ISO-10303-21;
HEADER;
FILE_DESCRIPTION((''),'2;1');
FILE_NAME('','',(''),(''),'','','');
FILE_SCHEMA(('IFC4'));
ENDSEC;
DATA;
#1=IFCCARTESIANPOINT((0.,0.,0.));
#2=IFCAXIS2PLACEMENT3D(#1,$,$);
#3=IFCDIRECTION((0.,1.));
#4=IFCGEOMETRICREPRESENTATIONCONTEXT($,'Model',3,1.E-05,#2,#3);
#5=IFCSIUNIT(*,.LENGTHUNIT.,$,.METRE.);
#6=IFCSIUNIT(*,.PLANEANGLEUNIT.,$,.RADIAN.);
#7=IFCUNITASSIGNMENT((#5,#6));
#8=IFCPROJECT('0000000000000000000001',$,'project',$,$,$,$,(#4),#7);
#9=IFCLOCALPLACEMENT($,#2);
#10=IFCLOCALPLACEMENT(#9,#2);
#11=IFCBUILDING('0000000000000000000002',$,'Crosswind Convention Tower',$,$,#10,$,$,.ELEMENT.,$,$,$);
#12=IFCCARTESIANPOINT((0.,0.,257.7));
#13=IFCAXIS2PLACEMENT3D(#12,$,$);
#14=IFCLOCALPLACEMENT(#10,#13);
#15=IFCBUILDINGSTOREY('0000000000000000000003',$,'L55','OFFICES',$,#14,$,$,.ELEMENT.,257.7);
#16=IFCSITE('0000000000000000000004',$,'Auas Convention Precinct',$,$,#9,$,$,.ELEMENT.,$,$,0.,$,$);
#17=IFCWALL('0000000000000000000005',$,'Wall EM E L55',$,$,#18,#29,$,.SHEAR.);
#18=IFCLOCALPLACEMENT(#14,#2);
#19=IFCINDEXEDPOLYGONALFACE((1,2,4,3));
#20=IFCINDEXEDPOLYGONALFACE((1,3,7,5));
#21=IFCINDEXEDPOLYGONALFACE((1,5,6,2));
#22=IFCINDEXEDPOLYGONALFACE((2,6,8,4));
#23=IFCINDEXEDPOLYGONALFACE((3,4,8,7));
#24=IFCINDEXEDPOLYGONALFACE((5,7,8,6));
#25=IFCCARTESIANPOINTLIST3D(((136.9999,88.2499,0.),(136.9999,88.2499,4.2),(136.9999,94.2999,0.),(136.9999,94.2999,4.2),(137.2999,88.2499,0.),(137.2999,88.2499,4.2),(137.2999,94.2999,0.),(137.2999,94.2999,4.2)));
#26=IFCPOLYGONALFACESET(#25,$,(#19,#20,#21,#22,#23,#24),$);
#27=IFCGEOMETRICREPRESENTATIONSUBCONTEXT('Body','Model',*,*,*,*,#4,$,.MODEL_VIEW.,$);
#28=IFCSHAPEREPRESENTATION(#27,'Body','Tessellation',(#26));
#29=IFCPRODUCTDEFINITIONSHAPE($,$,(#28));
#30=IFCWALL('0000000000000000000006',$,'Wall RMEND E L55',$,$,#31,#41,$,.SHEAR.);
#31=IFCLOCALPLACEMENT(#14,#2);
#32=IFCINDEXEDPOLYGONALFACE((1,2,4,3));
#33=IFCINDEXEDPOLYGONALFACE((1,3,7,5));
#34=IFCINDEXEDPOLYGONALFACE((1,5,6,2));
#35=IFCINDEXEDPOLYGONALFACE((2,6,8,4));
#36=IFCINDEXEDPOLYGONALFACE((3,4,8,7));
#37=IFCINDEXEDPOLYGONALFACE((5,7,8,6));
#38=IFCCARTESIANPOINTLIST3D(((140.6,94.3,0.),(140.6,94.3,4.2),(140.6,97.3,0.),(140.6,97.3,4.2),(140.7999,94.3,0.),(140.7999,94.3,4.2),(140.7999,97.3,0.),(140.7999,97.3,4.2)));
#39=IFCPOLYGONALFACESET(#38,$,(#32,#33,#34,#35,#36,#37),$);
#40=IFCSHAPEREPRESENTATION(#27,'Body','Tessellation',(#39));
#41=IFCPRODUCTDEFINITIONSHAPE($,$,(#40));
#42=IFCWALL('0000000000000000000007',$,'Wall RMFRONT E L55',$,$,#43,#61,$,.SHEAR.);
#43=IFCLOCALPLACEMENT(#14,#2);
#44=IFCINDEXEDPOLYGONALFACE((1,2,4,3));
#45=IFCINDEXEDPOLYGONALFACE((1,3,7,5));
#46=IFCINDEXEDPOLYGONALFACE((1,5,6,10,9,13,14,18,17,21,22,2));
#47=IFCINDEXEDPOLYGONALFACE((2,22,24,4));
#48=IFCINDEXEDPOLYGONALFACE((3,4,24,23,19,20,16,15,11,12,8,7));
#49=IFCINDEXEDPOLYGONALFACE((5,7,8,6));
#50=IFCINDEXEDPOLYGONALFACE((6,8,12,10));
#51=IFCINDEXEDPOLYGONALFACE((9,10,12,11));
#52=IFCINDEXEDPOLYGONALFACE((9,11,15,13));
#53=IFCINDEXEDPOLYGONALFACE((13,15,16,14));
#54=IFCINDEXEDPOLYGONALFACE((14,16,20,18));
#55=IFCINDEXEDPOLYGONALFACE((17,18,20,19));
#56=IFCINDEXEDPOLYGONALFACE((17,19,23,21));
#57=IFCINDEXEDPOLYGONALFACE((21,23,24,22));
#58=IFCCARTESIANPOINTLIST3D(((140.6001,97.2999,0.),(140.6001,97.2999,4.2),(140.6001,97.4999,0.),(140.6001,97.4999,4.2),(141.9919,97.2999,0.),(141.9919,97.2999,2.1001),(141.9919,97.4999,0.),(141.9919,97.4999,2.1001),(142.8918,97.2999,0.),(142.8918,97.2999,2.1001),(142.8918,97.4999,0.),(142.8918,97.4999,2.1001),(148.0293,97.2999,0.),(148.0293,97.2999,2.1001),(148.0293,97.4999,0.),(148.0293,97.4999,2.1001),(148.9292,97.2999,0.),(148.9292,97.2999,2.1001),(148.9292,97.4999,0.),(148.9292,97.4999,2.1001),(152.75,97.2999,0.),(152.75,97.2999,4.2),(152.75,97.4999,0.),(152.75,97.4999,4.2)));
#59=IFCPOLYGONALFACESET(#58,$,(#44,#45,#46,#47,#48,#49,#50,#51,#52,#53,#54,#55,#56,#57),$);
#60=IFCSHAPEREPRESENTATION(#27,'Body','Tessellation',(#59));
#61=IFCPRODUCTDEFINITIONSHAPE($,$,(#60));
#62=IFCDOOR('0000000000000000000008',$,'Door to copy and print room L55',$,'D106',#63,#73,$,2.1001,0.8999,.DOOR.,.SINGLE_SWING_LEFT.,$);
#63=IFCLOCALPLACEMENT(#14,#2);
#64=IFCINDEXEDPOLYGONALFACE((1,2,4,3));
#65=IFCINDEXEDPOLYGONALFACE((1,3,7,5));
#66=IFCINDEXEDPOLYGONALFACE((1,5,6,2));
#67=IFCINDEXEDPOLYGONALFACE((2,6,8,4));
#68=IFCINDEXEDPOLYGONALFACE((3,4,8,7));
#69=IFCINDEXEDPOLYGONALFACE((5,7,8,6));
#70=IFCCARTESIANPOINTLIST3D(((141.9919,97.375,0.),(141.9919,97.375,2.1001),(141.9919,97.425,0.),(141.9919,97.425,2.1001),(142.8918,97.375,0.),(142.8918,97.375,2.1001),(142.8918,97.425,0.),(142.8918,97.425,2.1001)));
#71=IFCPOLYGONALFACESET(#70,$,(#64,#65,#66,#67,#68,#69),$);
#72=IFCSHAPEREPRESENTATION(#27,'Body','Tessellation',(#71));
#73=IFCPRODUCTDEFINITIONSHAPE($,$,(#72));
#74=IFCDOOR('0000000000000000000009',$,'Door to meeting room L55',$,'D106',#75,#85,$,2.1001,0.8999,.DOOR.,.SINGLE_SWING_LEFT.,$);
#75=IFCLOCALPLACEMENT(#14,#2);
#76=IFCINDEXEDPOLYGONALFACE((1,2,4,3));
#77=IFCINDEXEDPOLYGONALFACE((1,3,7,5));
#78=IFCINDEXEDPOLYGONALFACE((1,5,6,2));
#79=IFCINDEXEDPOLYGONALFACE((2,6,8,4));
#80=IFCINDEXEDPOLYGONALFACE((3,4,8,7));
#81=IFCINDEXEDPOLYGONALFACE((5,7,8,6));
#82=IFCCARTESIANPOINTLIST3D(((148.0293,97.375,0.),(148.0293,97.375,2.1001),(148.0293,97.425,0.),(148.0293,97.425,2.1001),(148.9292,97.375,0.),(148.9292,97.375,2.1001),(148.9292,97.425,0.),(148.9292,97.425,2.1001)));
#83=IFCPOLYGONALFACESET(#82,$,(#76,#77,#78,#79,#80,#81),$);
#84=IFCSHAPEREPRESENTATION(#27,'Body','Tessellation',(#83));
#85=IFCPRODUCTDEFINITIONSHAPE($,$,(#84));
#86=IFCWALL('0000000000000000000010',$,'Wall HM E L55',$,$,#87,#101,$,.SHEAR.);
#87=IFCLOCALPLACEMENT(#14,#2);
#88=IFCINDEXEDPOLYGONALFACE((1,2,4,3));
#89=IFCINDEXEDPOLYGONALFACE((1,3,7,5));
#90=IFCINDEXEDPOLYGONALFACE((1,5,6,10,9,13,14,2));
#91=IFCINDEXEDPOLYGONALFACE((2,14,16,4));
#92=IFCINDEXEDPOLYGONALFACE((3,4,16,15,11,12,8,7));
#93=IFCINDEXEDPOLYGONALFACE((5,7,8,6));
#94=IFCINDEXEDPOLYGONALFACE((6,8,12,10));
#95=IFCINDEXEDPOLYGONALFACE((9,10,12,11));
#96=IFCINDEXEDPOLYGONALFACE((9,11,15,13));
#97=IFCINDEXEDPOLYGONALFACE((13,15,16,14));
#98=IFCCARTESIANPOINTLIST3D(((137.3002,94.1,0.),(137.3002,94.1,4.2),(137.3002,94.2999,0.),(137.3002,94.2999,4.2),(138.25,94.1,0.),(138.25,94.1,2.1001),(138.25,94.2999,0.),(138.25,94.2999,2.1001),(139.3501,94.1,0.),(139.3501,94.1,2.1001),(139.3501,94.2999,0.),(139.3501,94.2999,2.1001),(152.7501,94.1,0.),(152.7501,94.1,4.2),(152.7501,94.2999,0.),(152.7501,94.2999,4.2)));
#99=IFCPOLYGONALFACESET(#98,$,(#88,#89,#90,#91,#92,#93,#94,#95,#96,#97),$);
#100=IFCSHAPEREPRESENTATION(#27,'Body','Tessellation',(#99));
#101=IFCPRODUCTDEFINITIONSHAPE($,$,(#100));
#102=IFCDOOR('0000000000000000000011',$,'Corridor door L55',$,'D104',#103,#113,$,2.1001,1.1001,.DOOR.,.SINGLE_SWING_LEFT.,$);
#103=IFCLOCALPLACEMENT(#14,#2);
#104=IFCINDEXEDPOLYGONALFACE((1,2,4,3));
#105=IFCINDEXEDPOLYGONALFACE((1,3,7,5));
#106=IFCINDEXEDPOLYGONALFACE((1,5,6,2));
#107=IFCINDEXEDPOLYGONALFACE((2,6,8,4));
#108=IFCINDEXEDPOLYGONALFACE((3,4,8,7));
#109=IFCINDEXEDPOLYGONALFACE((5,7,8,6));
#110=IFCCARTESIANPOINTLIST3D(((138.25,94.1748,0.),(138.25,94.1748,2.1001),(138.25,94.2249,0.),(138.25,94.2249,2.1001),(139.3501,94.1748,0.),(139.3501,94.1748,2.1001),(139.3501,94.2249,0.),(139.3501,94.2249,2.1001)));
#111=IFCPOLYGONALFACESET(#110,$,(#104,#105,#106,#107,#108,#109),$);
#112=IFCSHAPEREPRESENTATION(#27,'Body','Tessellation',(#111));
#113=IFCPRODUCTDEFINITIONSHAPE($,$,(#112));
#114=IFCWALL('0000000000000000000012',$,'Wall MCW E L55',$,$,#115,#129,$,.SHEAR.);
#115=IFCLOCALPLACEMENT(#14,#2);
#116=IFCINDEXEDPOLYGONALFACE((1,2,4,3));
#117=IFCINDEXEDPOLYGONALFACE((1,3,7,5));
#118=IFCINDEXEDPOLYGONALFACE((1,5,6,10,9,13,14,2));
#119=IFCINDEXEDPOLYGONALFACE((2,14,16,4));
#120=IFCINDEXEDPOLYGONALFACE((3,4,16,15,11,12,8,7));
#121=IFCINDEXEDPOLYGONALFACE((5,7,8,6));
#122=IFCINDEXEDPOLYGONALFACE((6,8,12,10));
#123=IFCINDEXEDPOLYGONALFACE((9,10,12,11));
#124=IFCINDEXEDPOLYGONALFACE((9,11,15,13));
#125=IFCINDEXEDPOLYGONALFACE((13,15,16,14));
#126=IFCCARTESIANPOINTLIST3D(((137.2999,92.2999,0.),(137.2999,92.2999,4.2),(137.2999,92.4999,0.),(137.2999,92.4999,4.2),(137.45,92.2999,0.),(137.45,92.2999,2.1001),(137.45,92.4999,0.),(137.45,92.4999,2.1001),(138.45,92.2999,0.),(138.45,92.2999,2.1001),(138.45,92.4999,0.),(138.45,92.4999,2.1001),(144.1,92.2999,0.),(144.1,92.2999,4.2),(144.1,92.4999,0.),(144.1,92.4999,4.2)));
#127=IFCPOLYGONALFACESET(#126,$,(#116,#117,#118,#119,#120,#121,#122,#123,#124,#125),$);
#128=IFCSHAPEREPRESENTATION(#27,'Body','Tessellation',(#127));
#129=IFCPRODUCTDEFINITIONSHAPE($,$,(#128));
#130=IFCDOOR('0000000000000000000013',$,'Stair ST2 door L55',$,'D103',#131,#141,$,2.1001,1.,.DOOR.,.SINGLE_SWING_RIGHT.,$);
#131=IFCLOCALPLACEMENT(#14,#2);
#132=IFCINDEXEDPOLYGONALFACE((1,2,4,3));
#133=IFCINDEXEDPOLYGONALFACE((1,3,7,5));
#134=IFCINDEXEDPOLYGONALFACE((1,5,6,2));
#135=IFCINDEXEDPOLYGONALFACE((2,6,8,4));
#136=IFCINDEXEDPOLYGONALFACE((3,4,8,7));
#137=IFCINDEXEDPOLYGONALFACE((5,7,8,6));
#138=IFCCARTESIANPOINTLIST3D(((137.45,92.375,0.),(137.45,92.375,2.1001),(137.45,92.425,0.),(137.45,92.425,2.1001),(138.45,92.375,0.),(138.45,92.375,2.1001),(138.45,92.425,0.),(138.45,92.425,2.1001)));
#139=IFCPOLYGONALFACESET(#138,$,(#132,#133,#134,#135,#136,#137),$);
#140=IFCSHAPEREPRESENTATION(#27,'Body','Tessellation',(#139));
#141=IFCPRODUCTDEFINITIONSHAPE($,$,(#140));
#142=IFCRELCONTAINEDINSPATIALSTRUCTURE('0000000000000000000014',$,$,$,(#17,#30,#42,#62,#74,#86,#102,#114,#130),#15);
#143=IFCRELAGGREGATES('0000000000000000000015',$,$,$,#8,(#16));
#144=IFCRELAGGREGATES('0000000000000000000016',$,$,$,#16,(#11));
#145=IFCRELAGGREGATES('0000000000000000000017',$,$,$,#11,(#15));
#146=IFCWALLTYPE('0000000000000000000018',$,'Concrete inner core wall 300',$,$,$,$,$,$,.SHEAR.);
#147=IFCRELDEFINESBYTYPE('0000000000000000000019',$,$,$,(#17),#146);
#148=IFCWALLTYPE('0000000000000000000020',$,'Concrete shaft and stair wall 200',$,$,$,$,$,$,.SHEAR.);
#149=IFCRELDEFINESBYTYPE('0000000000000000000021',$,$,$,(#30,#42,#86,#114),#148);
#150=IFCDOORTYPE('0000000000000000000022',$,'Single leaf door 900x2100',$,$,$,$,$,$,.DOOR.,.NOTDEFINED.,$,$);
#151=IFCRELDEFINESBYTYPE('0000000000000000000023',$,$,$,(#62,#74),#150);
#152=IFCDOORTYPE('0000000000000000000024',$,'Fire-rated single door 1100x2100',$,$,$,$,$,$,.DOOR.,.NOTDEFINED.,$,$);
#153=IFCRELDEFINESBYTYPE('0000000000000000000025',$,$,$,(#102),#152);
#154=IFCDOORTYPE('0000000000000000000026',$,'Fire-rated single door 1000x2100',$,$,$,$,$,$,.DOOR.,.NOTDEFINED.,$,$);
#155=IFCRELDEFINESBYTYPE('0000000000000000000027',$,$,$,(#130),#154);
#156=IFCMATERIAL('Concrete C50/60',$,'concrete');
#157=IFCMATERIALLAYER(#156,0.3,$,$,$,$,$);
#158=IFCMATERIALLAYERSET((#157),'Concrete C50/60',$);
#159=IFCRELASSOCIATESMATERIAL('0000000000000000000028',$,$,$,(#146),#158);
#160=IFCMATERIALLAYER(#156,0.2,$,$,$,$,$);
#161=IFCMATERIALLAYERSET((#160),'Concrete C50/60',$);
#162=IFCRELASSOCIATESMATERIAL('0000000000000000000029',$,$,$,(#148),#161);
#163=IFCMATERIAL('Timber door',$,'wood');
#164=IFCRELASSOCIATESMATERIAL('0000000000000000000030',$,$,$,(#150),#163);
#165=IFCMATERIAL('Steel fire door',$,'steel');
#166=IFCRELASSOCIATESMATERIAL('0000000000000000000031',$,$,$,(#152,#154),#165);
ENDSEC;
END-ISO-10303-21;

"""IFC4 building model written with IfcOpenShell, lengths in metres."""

from ifc_helpers import new_model, si_unit, direction, frame, frame_2d, origin, place, context, subcontext, project, spatial, rectangle, extrude, material, layer, layer_set, type_object, element, fill, save


model = new_model("IFC4")

# Units and contexts
model_context = context("Model", 3, precision=1e-05, world=origin(), true_north=direction((0.0, 1.0)))
body_context = subcontext(model_context, "Body", "Model", "MODEL_VIEW")
ifc_project = project(units=[si_unit("LENGTHUNIT", "METRE"), si_unit("PLANEANGLEUNIT", "RADIAN")], contexts=[model_context])

# Site, building, storey
site_placement = place(None, origin())
site = spatial("IfcSite", under=ifc_project, at=site_placement, Name="Auas Convention Precinct", CompositionType="ELEMENT", RefElevation=0.0)
building_placement = place(site_placement, origin())
building = spatial("IfcBuilding", under=site, at=building_placement, Name="Crosswind Convention Tower", CompositionType="ELEMENT")
storey_placement = place(building_placement, frame((0.0, 0.0, 257.7)))
storey = spatial("IfcBuildingStorey", under=building, at=storey_placement, Name="L55", Description="OFFICES", CompositionType="ELEMENT", Elevation=257.7)

# Shared definitions
ifc_material_1 = material(Name="Concrete C50/60", Category="concrete")
ifc_layer_1 = layer(ifc_material_1, 0.3)
ifc_layer_set_1 = layer_set([ifc_layer_1], Name="Concrete C50/60")
wall_type_1 = type_object("IfcWallType", Name="Concrete inner core wall 300", PredefinedType="SHEAR", material=ifc_layer_set_1)

# Walls
wall_1_placement = place(storey_placement, frame((137.1499, 88.25, 0.0), z_axis=(0.0, 0.0, 1.0), x_axis=(0.0, 1.0, 0.0)))
element("IfcWall", 1, at=wall_1_placement, inside=storey, type_object=wall_type_1, Name="Wall EM E L55", PredefinedType="SHEAR", context=body_context, shape_type="SweptSolid", body=[
    extrude(rectangle(XDim=6.05, YDim=0.3, at=frame_2d((3.0249, 0.0))), origin(), (0.0, 0.0, 1.0), 4.2),
])
ifc_layer_2 = layer(ifc_material_1, 0.2)
ifc_layer_set_2 = layer_set([ifc_layer_2], Name="Concrete C50/60")
wall_type_2 = type_object("IfcWallType", Name="Concrete shaft and stair wall 200", PredefinedType="SHEAR", material=ifc_layer_set_2)
wall_2_placement = place(storey_placement, frame((140.7, 94.3, 0.0), z_axis=(0.0, 0.0, 1.0), x_axis=(0.0, 1.0, 0.0)))
element("IfcWall", 2, at=wall_2_placement, inside=storey, type_object=wall_type_2, Name="Wall RMEND E L55", PredefinedType="SHEAR", context=body_context, shape_type="SweptSolid", body=[
    extrude(rectangle(XDim=3.0, YDim=0.2, at=frame_2d((1.5, 0.0))), origin(), (0.0, 0.0, 1.0), 4.2),
])

# Wall, openings, doors
wall_3_placement = place(storey_placement, frame((140.6001, 97.3999, 0.0), z_axis=(0.0, 0.0, 1.0), x_axis=(1.0, 0.0, 0.0)))
wall_3 = element("IfcWall", 3, at=wall_3_placement, inside=storey, type_object=wall_type_2, Name="Wall RMFRONT E L55", PredefinedType="SHEAR", context=body_context, shape_type="SweptSolid", body=[
    extrude(rectangle(XDim=12.1499, YDim=0.2, at=frame_2d((6.075, 0.0))), origin(), (0.0, 0.0, 1.0), 4.2),
])
opening_1_placement = place(wall_3_placement, frame((1.3918, 0.0, 0.0)))
opening_1 = element("IfcOpeningElement", 4, at=opening_1_placement, cuts=wall_3, PredefinedType="OPENING", context=body_context, shape_type="SweptSolid", body=[
    extrude(rectangle(XDim=0.8999, YDim=2.1001, at=frame_2d((0.45, 1.05))), frame((0.0, 0.1099, 0.0), z_axis=(0.0, -1.0, 0.0), x_axis=(1.0, 0.0, 0.0)), (0.0, 0.0, 1.0), 0.22),
])
opening_2_placement = place(wall_3_placement, frame((7.4292, 0.0, 0.0)))
opening_2 = element("IfcOpeningElement", 5, at=opening_2_placement, cuts=wall_3, PredefinedType="OPENING", context=body_context, shape_type="SweptSolid", body=[
    extrude(rectangle(XDim=0.8999, YDim=2.1001, at=frame_2d((0.45, 1.05))), frame((0.0, 0.1099, 0.0), z_axis=(0.0, -1.0, 0.0), x_axis=(1.0, 0.0, 0.0)), (0.0, 0.0, 1.0), 0.22),
])
ifc_material_2 = material(Name="Timber door", Category="wood")
door_type_1 = type_object("IfcDoorType", Name="Single leaf door 900x2100", OperationType="NOTDEFINED", PredefinedType="DOOR", material=ifc_material_2)
door_1_placement = place(opening_1_placement, frame((0.8999, 0.0, 0.0), z_axis=(0.0, 0.0, 1.0), x_axis=(-1.0, 0.0, 0.0)))
door_1 = element("IfcDoor", 6, at=door_1_placement, inside=storey, type_object=door_type_1, Name="Door to copy and print room L55", ObjectType="D106", OperationType="SINGLE_SWING_LEFT", OverallHeight=2.1001, OverallWidth=0.8999, PredefinedType="DOOR", context=body_context, shape_type="SweptSolid", body=[
    extrude(rectangle(XDim=0.8999, YDim=2.1001, at=frame_2d((0.45, 1.05))), frame((0.0, 0.0249, 0.0), z_axis=(0.0, -1.0, 0.0), x_axis=(1.0, 0.0, 0.0)), (0.0, 0.0, 1.0), 0.05),
])
fill(opening_1, door_1)
door_2_placement = place(opening_2_placement, frame((0.8999, 0.0, 0.0), z_axis=(0.0, 0.0, 1.0), x_axis=(-1.0, 0.0, 0.0)))
door_2 = element("IfcDoor", 7, at=door_2_placement, inside=storey, type_object=door_type_1, Name="Door to meeting room L55", ObjectType="D106", OperationType="SINGLE_SWING_LEFT", OverallHeight=2.1001, OverallWidth=0.8999, PredefinedType="DOOR", context=body_context, shape_type="SweptSolid", body=[
    extrude(rectangle(XDim=0.8999, YDim=2.1001, at=frame_2d((0.45, 1.05))), frame((0.0, 0.0249, 0.0), z_axis=(0.0, -1.0, 0.0), x_axis=(1.0, 0.0, 0.0)), (0.0, 0.0, 1.0), 0.05),
])
fill(opening_2, door_2)

# Walls, openings, doors
wall_4_placement = place(storey_placement, frame((137.3, 94.2, 0.0), z_axis=(0.0, 0.0, 1.0), x_axis=(1.0, 0.0, 0.0)))
wall_4 = element("IfcWall", 8, at=wall_4_placement, inside=storey, type_object=wall_type_2, Name="Wall HM E L55", PredefinedType="SHEAR", context=body_context, shape_type="SweptSolid", body=[
    extrude(rectangle(XDim=15.45, YDim=0.2, at=frame_2d((7.7251, 0.0))), origin(), (0.0, 0.0, 1.0), 4.2),
])
opening_3_placement = place(wall_4_placement, frame((0.95, 0.0, 0.0)))
opening_3 = element("IfcOpeningElement", 9, at=opening_3_placement, cuts=wall_4, PredefinedType="OPENING", context=body_context, shape_type="SweptSolid", body=[
    extrude(rectangle(XDim=1.1001, YDim=2.1001, at=frame_2d((0.55, 1.05))), frame((0.0, 0.1099, 0.0), z_axis=(0.0, -1.0, 0.0), x_axis=(1.0, 0.0, 0.0)), (0.0, 0.0, 1.0), 0.22),
])
ifc_material_3 = material(Name="Steel fire door", Category="steel")
door_type_2 = type_object("IfcDoorType", Name="Fire-rated single door 1100x2100", OperationType="NOTDEFINED", PredefinedType="DOOR", material=ifc_material_3)
door_3_placement = place(opening_3_placement, origin())
door_3 = element("IfcDoor", 10, at=door_3_placement, inside=storey, type_object=door_type_2, Name="Corridor door L55", ObjectType="D104", OperationType="SINGLE_SWING_LEFT", OverallHeight=2.1001, OverallWidth=1.1001, PredefinedType="DOOR", context=body_context, shape_type="SweptSolid", body=[
    extrude(rectangle(XDim=1.1001, YDim=2.1001, at=frame_2d((0.55, 1.05))), frame((0.0, 0.0249, 0.0), z_axis=(0.0, -1.0, 0.0), x_axis=(1.0, 0.0, 0.0)), (0.0, 0.0, 1.0), 0.05),
])
fill(opening_3, door_3)
wall_5_placement = place(storey_placement, frame((137.3, 92.3999, 0.0), z_axis=(0.0, 0.0, 1.0), x_axis=(1.0, 0.0, 0.0)))
wall_5 = element("IfcWall", 11, at=wall_5_placement, inside=storey, type_object=wall_type_2, Name="Wall MCW E L55", PredefinedType="SHEAR", context=body_context, shape_type="SweptSolid", body=[
    extrude(rectangle(XDim=6.8, YDim=0.2, at=frame_2d((3.3999, 0.0))), origin(), (0.0, 0.0, 1.0), 4.2),
])
opening_4_placement = place(wall_5_placement, frame((0.1499, 0.0, 0.0)))
opening_4 = element("IfcOpeningElement", 12, at=opening_4_placement, cuts=wall_5, PredefinedType="OPENING", context=body_context, shape_type="SweptSolid", body=[
    extrude(rectangle(XDim=1.0, YDim=2.1001, at=frame_2d((0.5, 1.05))), frame((0.0, 0.1099, 0.0), z_axis=(0.0, -1.0, 0.0), x_axis=(1.0, 0.0, 0.0)), (0.0, 0.0, 1.0), 0.22),
])
door_type_3 = type_object("IfcDoorType", Name="Fire-rated single door 1000x2100", OperationType="NOTDEFINED", PredefinedType="DOOR", material=ifc_material_3)
door_4_placement = place(opening_4_placement, frame((1.0, 0.0, 0.0), z_axis=(0.0, 0.0, 1.0), x_axis=(-1.0, 0.0, 0.0)))
door_4 = element("IfcDoor", 13, at=door_4_placement, inside=storey, type_object=door_type_3, Name="Stair ST2 door L55", ObjectType="D103", OperationType="SINGLE_SWING_RIGHT", OverallHeight=2.1001, OverallWidth=1.0, PredefinedType="DOOR", context=body_context, shape_type="SweptSolid", body=[
    extrude(rectangle(XDim=1.0, YDim=2.1001, at=frame_2d((0.5, 1.05))), frame((0.0, 0.0249, 0.0), z_axis=(0.0, -1.0, 0.0), x_axis=(1.0, 0.0, 0.0)), (0.0, 0.0, 1.0), 0.05),
])
fill(opening_4, door_4)

save(model, "model.ifc")
